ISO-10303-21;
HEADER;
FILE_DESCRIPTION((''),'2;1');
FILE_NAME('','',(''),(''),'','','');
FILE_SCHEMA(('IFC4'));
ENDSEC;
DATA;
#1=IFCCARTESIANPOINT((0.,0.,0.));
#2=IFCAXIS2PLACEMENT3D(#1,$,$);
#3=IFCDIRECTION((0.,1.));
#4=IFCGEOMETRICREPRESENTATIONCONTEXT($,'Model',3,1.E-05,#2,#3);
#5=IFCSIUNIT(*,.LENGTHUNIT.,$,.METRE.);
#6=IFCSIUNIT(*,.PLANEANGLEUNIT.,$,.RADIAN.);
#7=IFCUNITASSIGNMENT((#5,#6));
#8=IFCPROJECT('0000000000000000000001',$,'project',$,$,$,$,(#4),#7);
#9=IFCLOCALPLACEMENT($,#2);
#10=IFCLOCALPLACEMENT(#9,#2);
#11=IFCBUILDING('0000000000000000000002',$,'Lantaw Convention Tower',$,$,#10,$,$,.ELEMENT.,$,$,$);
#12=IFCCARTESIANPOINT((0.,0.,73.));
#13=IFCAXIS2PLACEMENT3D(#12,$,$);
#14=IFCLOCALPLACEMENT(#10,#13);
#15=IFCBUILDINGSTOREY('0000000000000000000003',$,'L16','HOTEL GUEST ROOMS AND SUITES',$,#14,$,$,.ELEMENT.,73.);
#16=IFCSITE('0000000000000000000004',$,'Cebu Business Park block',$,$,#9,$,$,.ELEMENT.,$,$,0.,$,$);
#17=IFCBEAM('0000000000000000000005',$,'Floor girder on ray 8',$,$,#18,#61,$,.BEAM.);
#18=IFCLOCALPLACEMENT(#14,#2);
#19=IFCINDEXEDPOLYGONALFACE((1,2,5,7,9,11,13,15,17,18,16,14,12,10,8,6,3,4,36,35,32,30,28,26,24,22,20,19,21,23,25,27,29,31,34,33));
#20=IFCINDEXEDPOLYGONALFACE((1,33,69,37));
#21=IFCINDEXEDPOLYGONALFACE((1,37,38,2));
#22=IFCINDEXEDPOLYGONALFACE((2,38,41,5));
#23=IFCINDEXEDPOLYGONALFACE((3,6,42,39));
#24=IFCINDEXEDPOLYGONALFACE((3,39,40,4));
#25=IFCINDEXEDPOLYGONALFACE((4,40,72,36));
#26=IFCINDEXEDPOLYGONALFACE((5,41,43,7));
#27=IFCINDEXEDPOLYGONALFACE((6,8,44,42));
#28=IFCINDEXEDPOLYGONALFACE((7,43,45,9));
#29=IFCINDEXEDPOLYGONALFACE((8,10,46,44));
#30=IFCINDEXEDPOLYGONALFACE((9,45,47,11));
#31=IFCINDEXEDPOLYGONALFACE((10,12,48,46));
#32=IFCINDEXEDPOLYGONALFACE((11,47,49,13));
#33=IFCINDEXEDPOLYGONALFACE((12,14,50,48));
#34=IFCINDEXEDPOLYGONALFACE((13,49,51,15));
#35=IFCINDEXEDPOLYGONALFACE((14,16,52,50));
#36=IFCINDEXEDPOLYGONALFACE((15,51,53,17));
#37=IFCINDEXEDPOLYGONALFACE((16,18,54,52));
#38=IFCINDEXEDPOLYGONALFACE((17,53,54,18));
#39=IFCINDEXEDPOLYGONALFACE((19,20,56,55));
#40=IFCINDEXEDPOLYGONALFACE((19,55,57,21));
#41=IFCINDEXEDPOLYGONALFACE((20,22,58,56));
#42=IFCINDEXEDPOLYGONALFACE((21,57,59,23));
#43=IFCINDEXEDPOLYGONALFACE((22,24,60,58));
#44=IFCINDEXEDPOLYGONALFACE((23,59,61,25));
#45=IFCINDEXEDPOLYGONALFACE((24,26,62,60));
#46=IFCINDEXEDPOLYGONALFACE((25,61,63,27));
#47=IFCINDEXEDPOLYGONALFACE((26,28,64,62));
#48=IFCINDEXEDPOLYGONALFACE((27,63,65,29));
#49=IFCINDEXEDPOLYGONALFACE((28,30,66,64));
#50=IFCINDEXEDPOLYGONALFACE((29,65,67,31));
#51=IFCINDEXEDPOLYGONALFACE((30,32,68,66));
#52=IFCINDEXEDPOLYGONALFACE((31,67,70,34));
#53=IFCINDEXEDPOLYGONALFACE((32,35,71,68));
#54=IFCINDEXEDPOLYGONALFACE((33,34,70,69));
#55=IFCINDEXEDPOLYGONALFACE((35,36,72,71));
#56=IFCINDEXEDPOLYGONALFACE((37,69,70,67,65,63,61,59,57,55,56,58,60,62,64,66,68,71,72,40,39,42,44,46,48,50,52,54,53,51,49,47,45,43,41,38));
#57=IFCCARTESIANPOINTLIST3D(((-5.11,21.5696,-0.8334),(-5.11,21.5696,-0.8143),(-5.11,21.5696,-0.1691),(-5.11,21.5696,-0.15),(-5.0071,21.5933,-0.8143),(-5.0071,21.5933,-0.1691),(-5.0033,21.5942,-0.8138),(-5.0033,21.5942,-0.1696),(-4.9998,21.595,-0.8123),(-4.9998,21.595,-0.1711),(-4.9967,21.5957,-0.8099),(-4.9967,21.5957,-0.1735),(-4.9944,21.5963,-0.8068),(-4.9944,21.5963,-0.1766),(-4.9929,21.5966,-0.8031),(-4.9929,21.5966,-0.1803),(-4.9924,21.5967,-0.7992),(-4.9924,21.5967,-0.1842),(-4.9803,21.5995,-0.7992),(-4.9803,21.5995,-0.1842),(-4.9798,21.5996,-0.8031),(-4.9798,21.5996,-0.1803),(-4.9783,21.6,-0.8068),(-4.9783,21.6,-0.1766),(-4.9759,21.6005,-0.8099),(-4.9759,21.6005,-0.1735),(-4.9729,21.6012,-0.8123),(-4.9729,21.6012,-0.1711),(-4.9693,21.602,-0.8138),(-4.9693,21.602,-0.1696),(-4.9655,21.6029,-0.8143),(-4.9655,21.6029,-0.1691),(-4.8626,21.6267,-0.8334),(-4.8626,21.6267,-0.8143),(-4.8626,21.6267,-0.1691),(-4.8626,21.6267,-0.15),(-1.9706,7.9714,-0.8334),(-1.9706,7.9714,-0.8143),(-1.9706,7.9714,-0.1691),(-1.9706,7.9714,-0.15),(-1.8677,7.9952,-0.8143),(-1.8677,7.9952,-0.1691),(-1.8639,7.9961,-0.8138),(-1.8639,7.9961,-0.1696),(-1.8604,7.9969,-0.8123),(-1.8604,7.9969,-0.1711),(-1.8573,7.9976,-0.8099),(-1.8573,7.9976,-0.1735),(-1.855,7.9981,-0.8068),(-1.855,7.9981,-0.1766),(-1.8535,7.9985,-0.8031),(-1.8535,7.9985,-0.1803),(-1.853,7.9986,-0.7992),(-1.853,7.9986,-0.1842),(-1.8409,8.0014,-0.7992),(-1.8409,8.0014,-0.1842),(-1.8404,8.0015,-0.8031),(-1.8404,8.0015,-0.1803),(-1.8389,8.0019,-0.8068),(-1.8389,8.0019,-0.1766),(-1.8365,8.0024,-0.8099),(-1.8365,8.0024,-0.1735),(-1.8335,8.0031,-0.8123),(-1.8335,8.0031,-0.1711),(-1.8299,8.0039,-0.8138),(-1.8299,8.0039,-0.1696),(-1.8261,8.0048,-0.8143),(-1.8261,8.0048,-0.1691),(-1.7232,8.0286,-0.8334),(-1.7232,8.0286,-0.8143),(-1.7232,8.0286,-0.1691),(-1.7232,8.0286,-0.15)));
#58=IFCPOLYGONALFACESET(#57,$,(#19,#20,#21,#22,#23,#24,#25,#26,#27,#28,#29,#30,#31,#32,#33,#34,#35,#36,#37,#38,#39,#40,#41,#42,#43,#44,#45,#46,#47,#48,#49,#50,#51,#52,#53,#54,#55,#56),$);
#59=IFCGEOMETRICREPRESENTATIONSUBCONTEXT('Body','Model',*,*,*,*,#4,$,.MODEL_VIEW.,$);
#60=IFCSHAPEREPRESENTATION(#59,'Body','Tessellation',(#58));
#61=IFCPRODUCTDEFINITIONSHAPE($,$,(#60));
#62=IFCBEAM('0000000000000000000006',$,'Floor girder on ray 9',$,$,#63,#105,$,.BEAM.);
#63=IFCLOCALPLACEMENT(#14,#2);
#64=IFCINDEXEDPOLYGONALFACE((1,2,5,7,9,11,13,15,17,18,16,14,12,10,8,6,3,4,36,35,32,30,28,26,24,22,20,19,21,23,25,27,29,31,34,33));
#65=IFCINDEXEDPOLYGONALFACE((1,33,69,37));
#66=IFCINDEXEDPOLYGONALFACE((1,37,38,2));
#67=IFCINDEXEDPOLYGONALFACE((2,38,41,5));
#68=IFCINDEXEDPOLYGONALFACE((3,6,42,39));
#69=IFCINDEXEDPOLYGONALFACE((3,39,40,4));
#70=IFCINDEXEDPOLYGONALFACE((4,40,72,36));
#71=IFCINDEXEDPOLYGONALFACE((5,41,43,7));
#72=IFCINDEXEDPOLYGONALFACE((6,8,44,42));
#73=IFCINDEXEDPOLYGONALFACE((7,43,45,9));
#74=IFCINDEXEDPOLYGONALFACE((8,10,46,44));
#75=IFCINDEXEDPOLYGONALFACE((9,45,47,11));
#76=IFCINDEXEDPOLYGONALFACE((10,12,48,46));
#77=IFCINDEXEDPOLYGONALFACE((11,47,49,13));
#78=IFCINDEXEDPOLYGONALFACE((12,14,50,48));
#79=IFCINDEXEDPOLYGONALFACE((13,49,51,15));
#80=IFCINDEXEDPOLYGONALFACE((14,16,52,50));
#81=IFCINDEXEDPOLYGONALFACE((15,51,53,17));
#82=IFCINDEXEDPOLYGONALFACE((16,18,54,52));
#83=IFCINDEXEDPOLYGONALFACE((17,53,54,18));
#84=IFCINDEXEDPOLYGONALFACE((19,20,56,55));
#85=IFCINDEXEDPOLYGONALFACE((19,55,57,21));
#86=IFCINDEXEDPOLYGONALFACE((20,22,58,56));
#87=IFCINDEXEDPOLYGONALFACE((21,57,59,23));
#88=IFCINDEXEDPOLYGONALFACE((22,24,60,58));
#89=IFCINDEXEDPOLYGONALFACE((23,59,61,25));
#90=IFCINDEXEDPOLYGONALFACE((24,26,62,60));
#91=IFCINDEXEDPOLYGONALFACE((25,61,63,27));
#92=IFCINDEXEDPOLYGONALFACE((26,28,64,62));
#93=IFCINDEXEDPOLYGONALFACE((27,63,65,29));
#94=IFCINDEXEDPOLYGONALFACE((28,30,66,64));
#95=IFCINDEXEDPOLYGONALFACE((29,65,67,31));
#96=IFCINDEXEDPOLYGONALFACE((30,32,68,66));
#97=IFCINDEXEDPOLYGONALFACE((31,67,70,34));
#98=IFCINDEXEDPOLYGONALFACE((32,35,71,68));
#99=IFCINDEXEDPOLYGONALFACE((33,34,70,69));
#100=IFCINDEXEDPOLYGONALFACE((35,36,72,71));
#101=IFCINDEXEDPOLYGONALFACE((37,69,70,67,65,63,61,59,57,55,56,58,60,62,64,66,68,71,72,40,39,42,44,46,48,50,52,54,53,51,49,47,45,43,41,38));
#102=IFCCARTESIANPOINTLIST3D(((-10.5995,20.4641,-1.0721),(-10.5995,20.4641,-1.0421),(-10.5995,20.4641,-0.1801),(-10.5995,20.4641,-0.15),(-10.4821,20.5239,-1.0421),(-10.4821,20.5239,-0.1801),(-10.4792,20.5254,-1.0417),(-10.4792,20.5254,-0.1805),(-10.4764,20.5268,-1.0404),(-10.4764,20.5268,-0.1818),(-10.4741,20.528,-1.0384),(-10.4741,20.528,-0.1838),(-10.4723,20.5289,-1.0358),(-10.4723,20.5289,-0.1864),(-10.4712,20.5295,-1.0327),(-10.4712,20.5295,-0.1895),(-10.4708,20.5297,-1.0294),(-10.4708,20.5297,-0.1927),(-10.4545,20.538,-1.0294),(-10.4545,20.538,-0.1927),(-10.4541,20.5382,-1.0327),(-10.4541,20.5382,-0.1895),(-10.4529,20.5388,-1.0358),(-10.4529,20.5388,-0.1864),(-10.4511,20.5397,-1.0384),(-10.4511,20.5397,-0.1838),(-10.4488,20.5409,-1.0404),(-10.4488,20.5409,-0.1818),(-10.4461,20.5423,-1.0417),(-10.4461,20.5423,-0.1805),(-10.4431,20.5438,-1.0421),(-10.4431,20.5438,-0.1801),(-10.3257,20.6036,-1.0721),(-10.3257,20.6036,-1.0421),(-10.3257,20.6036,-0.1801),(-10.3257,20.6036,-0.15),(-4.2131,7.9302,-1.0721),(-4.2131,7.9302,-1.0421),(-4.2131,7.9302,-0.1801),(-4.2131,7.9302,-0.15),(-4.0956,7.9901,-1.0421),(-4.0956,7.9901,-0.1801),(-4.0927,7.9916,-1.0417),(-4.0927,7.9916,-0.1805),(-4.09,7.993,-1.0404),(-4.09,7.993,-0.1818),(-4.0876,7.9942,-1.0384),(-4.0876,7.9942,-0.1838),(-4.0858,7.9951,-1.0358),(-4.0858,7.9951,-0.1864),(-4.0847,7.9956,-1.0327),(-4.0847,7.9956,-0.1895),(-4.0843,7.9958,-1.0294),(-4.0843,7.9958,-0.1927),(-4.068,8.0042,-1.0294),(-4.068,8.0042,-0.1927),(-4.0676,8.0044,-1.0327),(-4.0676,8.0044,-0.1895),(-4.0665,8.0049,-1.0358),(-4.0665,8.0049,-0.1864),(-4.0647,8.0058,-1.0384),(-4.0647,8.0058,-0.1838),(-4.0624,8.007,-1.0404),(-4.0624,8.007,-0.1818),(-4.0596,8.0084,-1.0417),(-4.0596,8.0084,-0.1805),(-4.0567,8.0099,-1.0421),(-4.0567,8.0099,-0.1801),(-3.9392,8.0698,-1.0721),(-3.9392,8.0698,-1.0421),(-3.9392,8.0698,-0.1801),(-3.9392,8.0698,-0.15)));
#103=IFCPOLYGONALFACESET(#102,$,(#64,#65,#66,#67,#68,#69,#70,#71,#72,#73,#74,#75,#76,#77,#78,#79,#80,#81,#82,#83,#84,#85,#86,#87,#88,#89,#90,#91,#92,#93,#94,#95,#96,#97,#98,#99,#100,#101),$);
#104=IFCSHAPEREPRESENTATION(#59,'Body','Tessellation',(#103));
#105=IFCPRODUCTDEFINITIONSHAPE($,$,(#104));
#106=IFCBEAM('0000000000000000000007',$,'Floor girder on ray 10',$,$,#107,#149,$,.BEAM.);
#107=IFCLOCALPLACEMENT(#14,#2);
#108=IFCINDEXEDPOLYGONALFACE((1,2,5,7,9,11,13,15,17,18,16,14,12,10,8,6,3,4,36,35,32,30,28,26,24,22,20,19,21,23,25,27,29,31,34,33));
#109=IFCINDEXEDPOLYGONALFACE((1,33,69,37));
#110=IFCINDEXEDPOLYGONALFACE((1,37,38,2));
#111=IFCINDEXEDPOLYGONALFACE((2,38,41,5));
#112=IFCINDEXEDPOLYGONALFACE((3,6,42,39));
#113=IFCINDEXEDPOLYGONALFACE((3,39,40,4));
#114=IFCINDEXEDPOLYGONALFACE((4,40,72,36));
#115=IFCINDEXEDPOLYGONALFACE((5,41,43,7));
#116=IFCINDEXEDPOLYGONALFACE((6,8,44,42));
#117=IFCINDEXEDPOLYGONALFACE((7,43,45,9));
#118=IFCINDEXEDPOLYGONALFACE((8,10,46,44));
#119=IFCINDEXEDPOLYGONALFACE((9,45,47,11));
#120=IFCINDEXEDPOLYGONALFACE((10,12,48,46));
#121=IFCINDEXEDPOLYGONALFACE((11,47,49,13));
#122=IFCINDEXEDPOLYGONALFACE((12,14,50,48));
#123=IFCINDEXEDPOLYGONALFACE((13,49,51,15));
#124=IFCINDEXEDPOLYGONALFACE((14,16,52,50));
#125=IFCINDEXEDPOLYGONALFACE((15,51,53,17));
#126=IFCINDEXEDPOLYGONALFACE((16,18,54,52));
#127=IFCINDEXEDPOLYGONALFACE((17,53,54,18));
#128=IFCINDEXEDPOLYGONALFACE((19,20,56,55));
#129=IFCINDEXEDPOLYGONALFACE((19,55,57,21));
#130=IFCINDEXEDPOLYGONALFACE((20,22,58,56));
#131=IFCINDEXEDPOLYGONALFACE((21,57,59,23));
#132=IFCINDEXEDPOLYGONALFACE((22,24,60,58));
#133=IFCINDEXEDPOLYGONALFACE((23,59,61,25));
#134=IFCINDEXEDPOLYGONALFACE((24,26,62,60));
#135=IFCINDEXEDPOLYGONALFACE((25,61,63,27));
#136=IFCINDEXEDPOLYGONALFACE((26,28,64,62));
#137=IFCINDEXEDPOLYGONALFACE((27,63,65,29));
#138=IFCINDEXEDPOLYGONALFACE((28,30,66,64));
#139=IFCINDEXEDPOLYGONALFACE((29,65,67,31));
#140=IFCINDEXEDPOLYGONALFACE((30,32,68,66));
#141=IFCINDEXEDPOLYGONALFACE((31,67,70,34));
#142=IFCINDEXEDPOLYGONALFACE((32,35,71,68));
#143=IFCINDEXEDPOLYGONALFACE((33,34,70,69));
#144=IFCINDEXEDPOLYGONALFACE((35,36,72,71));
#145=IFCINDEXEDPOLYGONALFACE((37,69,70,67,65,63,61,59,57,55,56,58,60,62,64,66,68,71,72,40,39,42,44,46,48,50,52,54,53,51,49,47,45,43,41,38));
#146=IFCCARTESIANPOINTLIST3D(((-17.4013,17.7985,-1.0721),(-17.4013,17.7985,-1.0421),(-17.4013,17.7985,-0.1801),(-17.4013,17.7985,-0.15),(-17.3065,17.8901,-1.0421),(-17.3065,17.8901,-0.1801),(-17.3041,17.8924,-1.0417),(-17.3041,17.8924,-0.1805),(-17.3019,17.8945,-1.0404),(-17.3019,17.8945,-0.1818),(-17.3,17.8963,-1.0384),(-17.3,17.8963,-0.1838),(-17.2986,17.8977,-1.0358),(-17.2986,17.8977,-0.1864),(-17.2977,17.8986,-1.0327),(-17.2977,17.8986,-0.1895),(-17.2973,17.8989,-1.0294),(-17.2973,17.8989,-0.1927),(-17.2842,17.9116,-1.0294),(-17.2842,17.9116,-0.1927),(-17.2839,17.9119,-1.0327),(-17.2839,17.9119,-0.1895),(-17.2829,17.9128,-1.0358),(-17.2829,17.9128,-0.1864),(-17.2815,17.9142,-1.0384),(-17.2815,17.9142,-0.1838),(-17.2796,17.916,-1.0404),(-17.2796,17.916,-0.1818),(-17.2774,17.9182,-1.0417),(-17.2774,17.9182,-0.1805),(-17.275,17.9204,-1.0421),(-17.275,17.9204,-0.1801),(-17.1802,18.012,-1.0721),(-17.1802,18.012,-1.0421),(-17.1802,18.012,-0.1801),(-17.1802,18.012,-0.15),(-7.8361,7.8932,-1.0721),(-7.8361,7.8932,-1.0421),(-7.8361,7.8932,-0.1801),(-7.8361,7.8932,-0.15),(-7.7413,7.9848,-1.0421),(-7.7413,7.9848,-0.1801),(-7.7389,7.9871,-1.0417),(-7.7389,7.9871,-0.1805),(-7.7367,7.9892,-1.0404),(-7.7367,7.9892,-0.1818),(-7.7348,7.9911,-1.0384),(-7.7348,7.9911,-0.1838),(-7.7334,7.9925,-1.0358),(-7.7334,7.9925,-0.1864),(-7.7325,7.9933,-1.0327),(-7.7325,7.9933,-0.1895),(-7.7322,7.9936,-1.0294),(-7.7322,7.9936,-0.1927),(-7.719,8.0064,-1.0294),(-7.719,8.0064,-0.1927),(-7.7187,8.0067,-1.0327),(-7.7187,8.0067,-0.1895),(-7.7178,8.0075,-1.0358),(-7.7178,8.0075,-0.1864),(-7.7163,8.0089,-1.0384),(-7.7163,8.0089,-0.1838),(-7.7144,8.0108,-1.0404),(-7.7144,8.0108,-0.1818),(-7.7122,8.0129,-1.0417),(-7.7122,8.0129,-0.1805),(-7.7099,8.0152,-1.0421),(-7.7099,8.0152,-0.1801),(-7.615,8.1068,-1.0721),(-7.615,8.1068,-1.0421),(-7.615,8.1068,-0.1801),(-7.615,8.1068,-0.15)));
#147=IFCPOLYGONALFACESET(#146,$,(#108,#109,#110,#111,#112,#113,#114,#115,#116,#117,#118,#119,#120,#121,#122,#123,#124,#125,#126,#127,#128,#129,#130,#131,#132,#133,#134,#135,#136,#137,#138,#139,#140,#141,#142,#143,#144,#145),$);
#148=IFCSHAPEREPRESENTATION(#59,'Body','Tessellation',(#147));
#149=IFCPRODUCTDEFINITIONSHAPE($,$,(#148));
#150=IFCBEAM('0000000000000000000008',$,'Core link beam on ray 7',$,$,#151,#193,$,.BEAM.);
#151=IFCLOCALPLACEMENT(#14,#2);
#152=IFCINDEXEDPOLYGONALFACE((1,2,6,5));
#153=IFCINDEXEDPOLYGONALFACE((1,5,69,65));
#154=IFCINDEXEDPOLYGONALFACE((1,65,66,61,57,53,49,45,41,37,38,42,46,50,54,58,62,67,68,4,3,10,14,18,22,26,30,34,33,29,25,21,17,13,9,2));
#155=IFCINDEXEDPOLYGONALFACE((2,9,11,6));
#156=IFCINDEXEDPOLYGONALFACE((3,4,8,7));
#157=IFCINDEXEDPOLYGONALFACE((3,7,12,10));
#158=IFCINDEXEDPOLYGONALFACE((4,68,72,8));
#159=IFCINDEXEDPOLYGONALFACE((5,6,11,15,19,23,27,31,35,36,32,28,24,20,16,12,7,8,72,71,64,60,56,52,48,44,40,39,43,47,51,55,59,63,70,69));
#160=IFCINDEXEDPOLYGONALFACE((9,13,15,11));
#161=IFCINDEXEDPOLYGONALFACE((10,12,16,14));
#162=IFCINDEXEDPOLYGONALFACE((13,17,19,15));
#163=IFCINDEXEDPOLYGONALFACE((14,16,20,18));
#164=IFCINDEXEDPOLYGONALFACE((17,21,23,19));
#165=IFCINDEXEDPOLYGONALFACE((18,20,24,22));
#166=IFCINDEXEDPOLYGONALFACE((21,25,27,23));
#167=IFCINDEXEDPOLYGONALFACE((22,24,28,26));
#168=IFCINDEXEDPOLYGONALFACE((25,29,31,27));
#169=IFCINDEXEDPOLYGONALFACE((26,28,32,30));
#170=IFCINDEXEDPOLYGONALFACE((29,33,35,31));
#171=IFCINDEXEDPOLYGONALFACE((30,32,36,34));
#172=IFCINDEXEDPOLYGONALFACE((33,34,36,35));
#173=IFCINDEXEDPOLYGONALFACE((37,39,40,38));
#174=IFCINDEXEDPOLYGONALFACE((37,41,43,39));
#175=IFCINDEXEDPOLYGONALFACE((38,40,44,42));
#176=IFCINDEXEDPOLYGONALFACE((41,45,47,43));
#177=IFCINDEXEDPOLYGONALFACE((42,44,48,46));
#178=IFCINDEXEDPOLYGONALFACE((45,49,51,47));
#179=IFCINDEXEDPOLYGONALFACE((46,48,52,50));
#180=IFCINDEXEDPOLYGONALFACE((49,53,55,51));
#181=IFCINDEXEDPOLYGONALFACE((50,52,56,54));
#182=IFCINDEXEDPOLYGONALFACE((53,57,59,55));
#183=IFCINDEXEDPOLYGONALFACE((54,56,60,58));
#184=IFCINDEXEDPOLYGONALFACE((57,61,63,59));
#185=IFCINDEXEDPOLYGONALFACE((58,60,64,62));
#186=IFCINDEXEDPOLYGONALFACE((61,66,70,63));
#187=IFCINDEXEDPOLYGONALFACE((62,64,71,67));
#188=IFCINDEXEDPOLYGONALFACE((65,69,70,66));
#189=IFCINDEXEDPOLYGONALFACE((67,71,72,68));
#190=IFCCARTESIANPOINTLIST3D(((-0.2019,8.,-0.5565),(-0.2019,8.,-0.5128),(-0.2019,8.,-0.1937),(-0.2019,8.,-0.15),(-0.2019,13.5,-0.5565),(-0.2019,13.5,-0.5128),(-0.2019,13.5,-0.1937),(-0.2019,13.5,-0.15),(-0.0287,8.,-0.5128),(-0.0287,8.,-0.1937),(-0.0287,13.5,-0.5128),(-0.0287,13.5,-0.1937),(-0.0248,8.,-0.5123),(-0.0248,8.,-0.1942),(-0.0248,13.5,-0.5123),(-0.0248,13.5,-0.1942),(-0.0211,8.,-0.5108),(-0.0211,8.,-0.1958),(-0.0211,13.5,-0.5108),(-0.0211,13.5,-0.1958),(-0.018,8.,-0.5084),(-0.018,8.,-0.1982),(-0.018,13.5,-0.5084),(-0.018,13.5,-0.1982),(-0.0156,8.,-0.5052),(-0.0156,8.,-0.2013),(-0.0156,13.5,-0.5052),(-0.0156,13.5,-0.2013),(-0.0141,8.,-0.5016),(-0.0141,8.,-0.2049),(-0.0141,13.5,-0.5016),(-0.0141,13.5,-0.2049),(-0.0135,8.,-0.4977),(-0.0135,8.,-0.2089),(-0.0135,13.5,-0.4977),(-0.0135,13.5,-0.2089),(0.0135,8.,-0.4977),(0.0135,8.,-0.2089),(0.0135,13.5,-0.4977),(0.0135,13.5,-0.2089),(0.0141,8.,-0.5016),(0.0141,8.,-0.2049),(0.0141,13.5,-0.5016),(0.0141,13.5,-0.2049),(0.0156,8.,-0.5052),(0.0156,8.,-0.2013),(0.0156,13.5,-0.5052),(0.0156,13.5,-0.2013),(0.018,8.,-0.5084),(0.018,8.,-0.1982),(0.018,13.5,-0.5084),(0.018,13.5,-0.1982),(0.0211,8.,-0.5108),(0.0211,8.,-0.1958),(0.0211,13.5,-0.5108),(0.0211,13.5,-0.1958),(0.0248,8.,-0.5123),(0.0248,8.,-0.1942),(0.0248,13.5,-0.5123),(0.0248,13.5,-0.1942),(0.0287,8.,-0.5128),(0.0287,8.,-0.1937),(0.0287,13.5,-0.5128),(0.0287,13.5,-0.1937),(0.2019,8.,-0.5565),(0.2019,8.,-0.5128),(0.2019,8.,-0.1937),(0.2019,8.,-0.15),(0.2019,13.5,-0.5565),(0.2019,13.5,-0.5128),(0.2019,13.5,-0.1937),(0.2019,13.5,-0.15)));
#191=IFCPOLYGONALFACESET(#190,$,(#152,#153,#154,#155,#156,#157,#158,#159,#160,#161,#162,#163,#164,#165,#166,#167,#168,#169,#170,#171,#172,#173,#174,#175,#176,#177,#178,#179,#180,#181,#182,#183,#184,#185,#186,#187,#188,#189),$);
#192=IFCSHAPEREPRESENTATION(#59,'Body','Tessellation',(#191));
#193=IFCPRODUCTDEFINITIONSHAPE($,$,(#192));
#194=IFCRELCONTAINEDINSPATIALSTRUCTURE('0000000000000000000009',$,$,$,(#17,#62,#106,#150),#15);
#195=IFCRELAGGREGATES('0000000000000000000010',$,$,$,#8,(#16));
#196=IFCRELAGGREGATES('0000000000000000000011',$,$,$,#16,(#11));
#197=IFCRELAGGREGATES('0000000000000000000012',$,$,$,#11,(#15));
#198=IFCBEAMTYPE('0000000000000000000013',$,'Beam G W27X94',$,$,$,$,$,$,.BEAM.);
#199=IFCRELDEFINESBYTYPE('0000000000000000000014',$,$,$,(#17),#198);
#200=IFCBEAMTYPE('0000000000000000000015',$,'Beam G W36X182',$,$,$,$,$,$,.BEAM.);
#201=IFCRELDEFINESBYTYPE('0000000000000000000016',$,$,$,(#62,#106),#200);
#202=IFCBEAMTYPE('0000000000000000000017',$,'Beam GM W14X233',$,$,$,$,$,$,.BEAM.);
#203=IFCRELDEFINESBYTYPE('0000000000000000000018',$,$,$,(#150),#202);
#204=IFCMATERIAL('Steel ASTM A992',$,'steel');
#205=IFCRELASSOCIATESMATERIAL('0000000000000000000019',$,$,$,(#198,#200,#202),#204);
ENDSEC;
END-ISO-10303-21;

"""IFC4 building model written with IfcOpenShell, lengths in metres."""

from ifc_helpers import new_model, si_unit, direction, frame, origin, origin_2d, place, context, subcontext, project, spatial, i_section, extrude, material, material_profile, profile_set, type_object, element, save


model = new_model("IFC4")

# Units and contexts
model_context = context("Model", 3, precision=1e-05, world=origin(), true_north=direction((0.0, 1.0)))
body_context = subcontext(model_context, "Body", "Model", "MODEL_VIEW")
ifc_project = project(units=[si_unit("LENGTHUNIT", "METRE"), si_unit("PLANEANGLEUNIT", "RADIAN")], contexts=[model_context])

# Site, building, storey
site_placement = place(None, origin())
site = spatial("IfcSite", under=ifc_project, at=site_placement, Name="Cebu Business Park block", CompositionType="ELEMENT", RefElevation=0.0)
building_placement = place(site_placement, origin())
building = spatial("IfcBuilding", under=site, at=building_placement, Name="Lantaw Convention Tower", CompositionType="ELEMENT")
storey_placement = place(building_placement, frame((0.0, 0.0, 73.0)))
storey = spatial("IfcBuildingStorey", under=building, at=storey_placement, Name="L16", Description="HOTEL GUEST ROOMS AND SUITES", CompositionType="ELEMENT", Elevation=73.0)

# Beams
ifc_material_1 = material(Name="Steel ASTM A992", Category="steel")
ifc_material_profile_1 = material_profile(ifc_material_1, i_section(OverallWidth=0.2539, OverallDepth=0.6833, WebThickness=0.0125, FlangeThickness=0.019, FilletRadius=0.0151, at=origin_2d()), Name="W27X94")
ifc_profile_set_1 = profile_set([ifc_material_profile_1], Name="Steel ASTM A992")
beam_type_1 = type_object("IfcBeamType", Name="Beam G W27X94", PredefinedType="BEAM", material=ifc_profile_set_1)
beam_1_placement = place(storey_placement, frame((-1.8469, 8.0, -0.4917), z_axis=(-0.224953, 0.97437, 0.0), x_axis=(-0.97437, -0.224953, 0.0)))
element("IfcBeam", 1, at=beam_1_placement, inside=storey, type_object=beam_type_1, Name="Floor girder on ray 8", PredefinedType="BEAM", context=body_context, shape_type="SweptSolid", body=[
    extrude(i_section(OverallWidth=0.2539, OverallDepth=0.6833, WebThickness=0.0125, FlangeThickness=0.019, FilletRadius=0.0151, at=origin_2d()), origin(), (0.0, 0.0, 1.0), 13.9558),
])
ifc_material_profile_2 = material_profile(ifc_material_1, i_section(OverallWidth=0.3074, OverallDepth=0.9221, WebThickness=0.0183, FlangeThickness=0.03, FilletRadius=0.0127, at=origin_2d()), Name="W36X182")
ifc_profile_set_2 = profile_set([ifc_material_profile_2], Name="Steel ASTM A992")
beam_type_2 = type_object("IfcBeamType", Name="Beam G W36X182", PredefinedType="BEAM", material=ifc_profile_set_2)
beam_2_placement = place(storey_placement, frame((-4.0762, 8.0, -0.6111), z_axis=(-0.453997, 0.891003, 0.0), x_axis=(-0.891003, -0.453997, 0.0)))
element("IfcBeam", 2, at=beam_2_placement, inside=storey, type_object=beam_type_2, Name="Floor girder on ray 9", PredefinedType="BEAM", context=body_context, shape_type="SweptSolid", body=[
    extrude(i_section(OverallWidth=0.3074, OverallDepth=0.9221, WebThickness=0.0183, FlangeThickness=0.03, FilletRadius=0.0127, at=origin_2d()), origin(), (0.0, 0.0, 1.0), 14.0671),
])
beam_3_placement = place(storey_placement, frame((-7.7256, 8.0, -0.6111), z_axis=(-0.69465, 0.719348, 0.0), x_axis=(-0.719348, -0.69465, 0.0)))
element("IfcBeam", 3, at=beam_3_placement, inside=storey, type_object=beam_type_2, Name="Floor girder on ray 10", PredefinedType="BEAM", context=body_context, shape_type="SweptSolid", body=[
    extrude(i_section(OverallWidth=0.3074, OverallDepth=0.9221, WebThickness=0.0183, FlangeThickness=0.03, FilletRadius=0.0127, at=origin_2d()), origin(), (0.0, 0.0, 1.0), 13.7698),
])
ifc_material_profile_3 = material_profile(ifc_material_1, i_section(OverallWidth=0.4038, OverallDepth=0.4065, WebThickness=0.0271, FlangeThickness=0.0437, FilletRadius=0.0151, at=origin_2d()), Name="W14X233")
ifc_profile_set_3 = profile_set([ifc_material_profile_3], Name="Steel ASTM A992")
beam_type_3 = type_object("IfcBeamType", Name="Beam GM W14X233", PredefinedType="BEAM", material=ifc_profile_set_3)
beam_4_placement = place(storey_placement, frame((0.0, 8.0, -0.3533), z_axis=(0.0, 1.0, 0.0), x_axis=(-1.0, 0.0, 0.0)))
element("IfcBeam", 4, at=beam_4_placement, inside=storey, type_object=beam_type_3, Name="Core link beam on ray 7", PredefinedType="BEAM", context=body_context, shape_type="SweptSolid", body=[
    extrude(i_section(OverallWidth=0.4038, OverallDepth=0.4065, WebThickness=0.0271, FlangeThickness=0.0437, FilletRadius=0.0151, at=origin_2d()), origin(), (0.0, 0.0, 1.0), 5.5),
])

save(model, "model.ifc")
